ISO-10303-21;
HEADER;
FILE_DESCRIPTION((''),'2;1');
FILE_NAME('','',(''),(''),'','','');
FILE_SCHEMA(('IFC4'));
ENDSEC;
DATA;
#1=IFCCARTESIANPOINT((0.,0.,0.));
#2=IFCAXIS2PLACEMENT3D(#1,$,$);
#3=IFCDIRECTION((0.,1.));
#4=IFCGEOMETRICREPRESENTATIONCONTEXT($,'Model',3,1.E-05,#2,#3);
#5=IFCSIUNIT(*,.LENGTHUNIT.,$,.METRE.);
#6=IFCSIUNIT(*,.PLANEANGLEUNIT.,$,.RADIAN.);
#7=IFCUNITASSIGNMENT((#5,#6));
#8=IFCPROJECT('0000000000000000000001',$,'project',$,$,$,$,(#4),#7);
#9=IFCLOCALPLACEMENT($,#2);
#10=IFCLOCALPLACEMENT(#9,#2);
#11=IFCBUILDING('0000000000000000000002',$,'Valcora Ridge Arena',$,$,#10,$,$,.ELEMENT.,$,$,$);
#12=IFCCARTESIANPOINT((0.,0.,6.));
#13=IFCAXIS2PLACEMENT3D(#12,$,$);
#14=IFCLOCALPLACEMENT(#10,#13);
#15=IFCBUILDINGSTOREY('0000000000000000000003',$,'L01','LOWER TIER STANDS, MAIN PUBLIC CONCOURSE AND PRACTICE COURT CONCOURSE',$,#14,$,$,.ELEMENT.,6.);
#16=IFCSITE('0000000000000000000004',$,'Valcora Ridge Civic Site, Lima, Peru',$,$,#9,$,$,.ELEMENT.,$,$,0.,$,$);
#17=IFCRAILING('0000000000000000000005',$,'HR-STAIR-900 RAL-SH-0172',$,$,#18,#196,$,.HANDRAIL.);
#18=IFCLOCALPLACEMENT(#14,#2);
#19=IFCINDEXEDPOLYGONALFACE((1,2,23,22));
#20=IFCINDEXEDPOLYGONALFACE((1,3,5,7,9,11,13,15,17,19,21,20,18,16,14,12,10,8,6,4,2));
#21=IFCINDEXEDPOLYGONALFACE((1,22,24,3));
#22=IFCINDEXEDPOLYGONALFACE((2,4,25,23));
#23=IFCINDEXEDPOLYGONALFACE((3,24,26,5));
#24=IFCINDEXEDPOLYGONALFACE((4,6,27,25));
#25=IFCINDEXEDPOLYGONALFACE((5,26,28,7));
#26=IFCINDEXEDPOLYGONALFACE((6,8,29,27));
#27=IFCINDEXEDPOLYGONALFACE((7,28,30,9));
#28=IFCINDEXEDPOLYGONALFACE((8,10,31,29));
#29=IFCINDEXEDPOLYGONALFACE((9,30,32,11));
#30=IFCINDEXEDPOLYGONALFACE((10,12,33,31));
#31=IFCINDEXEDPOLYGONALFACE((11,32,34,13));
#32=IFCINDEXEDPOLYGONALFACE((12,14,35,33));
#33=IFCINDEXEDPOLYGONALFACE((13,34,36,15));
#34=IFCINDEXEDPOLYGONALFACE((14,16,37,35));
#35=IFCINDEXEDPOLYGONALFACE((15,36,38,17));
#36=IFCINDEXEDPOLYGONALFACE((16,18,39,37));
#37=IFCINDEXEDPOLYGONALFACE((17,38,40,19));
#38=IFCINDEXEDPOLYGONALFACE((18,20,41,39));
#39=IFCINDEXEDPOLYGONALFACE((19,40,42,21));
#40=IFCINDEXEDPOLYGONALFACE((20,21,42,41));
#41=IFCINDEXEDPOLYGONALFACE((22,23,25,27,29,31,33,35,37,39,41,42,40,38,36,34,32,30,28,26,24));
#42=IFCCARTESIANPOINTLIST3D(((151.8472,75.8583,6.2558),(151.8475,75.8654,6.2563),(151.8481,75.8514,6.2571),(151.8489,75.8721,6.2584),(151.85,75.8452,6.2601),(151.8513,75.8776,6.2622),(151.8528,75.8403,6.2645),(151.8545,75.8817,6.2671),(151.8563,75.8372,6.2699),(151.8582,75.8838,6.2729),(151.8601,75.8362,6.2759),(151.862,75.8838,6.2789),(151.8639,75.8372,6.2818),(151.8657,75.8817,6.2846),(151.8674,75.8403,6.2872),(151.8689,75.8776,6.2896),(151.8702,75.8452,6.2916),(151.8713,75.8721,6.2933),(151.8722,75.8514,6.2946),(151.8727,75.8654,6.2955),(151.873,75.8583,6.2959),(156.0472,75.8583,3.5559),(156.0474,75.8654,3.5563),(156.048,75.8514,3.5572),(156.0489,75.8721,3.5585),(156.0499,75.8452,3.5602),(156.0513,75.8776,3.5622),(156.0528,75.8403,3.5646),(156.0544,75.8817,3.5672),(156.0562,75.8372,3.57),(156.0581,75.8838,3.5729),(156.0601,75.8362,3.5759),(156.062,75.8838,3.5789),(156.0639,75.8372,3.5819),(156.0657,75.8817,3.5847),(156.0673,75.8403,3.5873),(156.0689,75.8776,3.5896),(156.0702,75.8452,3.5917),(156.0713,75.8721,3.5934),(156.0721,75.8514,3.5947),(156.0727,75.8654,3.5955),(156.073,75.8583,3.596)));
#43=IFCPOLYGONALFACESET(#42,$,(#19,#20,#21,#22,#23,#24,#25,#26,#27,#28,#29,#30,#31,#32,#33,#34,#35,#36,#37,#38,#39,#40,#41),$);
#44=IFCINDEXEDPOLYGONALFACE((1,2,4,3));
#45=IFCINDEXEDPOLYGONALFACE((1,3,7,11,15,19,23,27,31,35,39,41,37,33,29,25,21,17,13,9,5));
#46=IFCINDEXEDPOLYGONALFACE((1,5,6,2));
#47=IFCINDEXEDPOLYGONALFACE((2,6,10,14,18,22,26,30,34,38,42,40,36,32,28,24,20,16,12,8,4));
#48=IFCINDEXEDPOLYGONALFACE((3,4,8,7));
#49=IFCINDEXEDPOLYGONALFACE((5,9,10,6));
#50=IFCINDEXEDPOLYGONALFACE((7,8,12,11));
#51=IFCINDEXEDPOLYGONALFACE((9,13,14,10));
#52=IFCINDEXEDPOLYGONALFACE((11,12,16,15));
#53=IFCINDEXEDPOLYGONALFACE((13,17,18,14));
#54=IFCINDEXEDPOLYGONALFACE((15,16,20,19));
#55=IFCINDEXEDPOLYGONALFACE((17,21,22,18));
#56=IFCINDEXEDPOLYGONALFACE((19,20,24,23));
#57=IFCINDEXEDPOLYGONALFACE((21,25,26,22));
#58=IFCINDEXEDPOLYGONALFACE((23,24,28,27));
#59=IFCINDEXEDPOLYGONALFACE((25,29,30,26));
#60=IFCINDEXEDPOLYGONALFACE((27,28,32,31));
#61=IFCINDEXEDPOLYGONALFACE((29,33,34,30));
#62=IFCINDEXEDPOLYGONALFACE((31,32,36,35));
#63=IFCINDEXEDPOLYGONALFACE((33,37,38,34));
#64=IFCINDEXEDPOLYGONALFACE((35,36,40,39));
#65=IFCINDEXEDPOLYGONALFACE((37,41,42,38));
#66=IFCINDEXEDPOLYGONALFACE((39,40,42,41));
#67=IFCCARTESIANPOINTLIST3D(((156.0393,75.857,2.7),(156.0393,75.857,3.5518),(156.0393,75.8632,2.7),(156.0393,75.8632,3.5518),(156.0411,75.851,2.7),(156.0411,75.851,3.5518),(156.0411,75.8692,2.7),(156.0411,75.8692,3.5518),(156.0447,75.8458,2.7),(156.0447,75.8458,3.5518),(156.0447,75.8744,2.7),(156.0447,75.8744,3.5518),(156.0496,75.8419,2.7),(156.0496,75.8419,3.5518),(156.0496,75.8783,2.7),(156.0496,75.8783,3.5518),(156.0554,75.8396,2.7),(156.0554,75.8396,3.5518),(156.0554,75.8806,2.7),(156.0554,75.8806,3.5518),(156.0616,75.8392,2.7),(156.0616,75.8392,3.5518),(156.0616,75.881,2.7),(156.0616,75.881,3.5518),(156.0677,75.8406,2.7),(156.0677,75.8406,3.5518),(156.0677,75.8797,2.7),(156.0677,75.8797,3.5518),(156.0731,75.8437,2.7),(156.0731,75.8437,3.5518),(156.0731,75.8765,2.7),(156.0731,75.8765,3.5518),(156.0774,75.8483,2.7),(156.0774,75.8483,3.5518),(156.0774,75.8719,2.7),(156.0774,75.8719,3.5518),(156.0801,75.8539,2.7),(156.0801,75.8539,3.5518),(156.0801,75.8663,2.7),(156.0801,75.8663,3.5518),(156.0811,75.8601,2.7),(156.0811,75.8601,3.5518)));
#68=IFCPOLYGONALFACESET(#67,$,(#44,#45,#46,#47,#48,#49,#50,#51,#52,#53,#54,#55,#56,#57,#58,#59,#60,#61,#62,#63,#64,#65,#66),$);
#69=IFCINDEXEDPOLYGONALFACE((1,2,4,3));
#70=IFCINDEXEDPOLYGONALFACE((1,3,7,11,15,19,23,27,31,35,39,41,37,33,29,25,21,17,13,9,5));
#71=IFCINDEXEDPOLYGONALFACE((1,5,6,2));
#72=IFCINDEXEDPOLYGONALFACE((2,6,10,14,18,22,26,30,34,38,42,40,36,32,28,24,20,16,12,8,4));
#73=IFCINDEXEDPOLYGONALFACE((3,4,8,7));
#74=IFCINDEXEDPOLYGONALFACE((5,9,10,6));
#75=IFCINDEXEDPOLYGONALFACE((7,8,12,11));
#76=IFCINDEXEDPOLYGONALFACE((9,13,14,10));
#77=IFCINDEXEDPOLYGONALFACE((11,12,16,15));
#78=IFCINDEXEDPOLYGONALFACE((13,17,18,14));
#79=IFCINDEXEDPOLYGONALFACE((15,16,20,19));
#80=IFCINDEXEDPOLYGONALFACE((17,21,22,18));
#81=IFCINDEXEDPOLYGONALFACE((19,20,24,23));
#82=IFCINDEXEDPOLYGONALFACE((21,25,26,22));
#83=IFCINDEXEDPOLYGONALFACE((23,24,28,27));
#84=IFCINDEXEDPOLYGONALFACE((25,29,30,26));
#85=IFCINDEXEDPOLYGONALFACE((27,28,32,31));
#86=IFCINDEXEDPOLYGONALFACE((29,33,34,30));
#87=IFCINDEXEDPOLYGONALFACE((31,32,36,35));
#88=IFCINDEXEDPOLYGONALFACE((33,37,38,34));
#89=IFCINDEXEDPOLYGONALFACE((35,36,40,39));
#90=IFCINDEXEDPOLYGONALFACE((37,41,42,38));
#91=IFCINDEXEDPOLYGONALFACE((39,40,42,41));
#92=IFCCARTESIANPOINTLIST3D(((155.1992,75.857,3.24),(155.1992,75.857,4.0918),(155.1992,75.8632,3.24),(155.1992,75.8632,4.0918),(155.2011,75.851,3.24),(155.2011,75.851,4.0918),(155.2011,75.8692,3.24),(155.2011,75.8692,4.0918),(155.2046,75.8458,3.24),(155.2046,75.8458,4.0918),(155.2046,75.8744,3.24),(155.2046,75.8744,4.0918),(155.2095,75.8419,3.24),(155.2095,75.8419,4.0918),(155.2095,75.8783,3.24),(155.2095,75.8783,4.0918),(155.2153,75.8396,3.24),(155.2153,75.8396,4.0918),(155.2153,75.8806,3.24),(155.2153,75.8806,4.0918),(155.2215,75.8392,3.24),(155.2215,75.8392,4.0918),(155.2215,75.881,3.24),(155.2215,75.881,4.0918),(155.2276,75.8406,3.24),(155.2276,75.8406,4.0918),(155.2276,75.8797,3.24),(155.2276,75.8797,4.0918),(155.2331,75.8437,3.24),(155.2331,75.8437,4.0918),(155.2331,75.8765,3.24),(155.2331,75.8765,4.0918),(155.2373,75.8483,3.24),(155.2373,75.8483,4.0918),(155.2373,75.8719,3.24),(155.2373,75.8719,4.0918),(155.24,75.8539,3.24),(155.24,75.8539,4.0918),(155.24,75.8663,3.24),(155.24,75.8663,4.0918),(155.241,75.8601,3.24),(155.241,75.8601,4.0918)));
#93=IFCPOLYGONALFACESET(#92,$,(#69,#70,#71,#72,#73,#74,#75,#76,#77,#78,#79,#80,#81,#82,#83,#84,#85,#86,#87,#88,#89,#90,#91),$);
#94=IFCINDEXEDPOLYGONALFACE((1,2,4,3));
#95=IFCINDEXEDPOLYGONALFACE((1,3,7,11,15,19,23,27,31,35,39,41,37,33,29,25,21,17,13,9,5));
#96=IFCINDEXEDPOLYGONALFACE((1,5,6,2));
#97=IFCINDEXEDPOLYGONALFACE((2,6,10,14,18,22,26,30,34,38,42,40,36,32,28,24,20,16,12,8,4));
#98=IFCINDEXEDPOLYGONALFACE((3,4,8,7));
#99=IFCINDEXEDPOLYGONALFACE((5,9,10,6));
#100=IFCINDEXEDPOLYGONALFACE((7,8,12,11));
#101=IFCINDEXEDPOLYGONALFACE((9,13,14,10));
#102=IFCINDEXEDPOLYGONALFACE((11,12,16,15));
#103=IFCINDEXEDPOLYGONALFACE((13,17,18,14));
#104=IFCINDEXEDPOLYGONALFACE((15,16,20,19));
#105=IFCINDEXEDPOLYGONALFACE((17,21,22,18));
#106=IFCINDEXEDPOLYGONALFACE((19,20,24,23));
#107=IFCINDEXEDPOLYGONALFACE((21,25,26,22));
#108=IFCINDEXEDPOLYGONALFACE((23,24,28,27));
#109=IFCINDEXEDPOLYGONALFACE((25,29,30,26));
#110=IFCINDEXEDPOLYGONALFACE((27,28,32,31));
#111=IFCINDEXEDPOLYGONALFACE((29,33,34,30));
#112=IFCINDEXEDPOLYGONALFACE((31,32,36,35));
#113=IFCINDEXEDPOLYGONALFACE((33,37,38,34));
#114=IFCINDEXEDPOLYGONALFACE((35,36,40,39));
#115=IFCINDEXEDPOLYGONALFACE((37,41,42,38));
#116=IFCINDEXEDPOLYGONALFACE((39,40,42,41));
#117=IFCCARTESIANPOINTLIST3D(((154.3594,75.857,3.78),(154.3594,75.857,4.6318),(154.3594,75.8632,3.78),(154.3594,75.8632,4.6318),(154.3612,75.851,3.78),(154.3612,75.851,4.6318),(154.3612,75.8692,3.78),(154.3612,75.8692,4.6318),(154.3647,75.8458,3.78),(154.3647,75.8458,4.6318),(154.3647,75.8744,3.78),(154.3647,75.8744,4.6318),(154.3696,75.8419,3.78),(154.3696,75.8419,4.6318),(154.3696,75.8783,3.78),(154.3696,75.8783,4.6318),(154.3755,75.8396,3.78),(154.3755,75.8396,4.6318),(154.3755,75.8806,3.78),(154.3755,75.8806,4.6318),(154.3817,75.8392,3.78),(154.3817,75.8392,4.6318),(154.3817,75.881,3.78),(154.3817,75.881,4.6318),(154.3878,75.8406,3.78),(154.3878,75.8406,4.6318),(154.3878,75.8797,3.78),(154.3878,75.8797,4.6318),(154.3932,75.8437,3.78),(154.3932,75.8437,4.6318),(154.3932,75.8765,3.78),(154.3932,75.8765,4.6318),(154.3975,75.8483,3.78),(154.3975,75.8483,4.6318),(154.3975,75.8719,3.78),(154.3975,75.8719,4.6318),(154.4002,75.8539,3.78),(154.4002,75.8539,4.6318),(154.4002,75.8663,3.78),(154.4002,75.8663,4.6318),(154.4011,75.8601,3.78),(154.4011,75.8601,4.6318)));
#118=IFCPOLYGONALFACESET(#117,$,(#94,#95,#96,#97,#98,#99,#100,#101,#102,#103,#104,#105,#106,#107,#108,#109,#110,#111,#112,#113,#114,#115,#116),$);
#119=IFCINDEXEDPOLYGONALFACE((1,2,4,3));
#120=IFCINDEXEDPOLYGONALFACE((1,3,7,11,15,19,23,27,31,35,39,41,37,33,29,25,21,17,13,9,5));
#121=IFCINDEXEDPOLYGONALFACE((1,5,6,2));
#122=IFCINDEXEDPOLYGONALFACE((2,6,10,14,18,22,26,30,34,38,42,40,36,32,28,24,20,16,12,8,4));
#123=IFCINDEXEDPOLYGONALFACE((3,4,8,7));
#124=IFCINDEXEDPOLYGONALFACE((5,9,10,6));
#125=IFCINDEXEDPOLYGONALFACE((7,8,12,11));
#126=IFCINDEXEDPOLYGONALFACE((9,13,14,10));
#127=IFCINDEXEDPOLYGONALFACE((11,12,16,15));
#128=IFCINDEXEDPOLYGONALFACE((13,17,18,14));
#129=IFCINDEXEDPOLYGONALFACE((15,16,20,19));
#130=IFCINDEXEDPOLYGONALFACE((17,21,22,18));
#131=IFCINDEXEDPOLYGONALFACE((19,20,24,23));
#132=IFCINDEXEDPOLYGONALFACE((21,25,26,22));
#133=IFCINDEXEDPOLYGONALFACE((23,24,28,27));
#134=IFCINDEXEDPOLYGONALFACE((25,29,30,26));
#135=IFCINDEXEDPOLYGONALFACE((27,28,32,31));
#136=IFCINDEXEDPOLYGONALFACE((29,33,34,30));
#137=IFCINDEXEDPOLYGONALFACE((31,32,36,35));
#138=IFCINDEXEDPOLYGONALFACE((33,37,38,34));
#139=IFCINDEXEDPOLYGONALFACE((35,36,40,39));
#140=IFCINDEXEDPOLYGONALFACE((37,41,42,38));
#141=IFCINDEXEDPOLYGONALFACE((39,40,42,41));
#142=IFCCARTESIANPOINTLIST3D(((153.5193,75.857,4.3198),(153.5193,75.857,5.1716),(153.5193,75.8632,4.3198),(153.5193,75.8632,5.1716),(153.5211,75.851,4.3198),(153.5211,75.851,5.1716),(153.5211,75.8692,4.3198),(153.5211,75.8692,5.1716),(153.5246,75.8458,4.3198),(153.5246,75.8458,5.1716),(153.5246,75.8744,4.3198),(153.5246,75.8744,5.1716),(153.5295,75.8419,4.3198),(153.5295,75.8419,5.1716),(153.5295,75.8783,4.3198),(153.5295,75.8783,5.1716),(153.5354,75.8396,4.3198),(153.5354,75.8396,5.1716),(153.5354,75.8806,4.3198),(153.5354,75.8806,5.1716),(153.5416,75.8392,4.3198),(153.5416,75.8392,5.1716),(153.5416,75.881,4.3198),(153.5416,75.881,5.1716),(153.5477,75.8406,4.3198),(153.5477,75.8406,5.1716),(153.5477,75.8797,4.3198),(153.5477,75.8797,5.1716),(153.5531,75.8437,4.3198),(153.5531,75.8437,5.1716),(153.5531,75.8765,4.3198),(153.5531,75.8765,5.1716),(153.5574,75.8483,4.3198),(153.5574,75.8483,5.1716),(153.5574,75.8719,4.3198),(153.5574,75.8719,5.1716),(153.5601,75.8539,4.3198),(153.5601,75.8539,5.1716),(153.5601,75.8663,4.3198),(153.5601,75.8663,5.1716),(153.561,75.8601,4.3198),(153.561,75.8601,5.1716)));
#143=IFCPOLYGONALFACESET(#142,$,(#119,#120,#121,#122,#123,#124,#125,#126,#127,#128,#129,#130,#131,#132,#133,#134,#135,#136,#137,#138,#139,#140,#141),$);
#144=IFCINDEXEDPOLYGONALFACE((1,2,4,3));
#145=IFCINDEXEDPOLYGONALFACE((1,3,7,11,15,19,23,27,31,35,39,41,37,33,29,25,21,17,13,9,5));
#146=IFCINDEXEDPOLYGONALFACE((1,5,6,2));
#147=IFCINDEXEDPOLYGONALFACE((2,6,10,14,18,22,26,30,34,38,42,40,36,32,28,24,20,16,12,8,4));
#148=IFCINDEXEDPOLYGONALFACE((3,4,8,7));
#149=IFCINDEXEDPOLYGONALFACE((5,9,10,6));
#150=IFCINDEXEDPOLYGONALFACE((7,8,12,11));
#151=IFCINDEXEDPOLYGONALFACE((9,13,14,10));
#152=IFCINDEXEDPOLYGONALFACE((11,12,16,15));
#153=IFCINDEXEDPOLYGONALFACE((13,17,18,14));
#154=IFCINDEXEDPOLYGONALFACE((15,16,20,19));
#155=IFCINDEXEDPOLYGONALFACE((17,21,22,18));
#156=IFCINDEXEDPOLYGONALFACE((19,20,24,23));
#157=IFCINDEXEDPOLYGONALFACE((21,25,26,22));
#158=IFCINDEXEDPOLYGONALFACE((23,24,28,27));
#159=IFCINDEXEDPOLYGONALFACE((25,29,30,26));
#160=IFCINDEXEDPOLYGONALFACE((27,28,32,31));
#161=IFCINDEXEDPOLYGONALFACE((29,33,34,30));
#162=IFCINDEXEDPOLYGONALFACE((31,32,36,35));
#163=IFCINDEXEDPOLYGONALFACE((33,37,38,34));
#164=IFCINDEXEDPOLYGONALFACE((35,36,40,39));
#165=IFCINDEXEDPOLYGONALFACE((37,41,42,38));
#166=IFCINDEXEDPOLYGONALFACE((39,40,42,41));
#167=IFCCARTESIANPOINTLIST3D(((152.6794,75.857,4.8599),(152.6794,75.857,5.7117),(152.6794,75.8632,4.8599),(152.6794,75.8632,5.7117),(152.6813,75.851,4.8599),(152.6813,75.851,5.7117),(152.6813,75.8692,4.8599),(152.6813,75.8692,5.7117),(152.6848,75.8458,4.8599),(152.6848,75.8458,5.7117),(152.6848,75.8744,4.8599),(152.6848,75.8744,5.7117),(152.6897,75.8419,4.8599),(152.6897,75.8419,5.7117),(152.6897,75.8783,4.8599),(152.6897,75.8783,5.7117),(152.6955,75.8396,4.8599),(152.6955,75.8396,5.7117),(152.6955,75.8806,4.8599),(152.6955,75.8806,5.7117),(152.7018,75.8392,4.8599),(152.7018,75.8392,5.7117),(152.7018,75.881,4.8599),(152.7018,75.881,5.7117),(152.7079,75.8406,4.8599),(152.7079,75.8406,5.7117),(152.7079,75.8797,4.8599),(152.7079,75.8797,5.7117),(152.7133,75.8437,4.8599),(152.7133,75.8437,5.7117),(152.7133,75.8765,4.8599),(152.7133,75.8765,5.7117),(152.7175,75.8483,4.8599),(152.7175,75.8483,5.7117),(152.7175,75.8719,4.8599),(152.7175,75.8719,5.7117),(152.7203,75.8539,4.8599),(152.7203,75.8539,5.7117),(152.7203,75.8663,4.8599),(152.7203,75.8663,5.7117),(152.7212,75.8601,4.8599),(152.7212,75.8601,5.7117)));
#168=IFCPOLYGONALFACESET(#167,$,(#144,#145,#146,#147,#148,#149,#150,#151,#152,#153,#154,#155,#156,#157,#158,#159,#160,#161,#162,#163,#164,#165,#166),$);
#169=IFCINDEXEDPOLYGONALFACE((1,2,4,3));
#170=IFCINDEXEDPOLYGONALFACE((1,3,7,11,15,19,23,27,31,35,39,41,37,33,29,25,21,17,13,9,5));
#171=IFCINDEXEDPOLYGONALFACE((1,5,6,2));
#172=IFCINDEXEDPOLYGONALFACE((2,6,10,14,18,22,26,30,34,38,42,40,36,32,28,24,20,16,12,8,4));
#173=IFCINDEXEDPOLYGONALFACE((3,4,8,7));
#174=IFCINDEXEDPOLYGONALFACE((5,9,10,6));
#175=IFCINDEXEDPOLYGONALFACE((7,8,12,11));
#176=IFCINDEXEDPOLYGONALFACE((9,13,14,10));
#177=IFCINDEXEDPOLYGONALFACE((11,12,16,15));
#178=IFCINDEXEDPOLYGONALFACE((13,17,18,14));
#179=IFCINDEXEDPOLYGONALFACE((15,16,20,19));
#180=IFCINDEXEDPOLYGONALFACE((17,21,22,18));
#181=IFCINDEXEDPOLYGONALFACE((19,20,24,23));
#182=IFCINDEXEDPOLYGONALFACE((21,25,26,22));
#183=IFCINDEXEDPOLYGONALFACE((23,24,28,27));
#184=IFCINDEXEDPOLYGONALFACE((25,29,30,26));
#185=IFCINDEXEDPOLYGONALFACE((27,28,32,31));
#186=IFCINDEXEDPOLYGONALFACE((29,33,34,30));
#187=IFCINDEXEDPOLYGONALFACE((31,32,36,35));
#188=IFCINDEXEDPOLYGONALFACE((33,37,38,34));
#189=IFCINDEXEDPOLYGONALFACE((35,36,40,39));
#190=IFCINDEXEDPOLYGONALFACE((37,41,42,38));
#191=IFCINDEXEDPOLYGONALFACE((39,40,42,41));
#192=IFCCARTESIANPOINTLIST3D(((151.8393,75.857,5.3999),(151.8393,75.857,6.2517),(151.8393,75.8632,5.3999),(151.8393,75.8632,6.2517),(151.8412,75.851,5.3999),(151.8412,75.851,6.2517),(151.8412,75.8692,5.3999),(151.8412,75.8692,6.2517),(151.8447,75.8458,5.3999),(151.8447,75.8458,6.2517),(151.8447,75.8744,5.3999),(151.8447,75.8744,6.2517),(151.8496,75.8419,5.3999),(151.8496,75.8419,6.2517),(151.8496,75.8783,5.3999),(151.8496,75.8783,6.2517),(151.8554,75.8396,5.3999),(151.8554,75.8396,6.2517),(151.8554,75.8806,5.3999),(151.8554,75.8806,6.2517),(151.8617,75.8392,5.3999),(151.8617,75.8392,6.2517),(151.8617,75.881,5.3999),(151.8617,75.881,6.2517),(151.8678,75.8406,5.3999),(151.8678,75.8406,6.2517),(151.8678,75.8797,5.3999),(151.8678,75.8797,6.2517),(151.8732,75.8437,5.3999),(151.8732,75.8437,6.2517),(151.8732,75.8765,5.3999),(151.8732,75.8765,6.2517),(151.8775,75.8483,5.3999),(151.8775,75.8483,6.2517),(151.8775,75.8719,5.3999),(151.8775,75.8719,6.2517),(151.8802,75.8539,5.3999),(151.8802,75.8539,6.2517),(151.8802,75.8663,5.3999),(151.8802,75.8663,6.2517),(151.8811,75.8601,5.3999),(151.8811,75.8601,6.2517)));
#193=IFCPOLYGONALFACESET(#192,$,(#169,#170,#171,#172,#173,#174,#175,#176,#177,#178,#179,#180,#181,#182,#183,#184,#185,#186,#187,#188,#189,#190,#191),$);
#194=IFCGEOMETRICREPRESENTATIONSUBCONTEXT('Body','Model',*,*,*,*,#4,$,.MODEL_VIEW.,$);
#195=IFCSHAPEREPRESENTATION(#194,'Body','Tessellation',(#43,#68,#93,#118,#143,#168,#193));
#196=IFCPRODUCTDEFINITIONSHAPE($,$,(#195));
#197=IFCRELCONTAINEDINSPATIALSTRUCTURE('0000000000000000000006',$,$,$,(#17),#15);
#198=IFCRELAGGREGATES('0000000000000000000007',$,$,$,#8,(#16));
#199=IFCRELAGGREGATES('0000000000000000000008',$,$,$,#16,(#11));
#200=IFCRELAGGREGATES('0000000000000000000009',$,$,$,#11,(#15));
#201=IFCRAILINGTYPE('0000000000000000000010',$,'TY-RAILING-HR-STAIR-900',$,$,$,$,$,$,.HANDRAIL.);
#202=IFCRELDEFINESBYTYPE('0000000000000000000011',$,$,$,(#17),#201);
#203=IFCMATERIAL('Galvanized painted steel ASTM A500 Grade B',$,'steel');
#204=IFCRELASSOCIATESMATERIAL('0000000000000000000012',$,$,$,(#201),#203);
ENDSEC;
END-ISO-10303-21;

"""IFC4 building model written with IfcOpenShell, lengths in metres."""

from ifc_helpers import new_model, si_unit, direction, frame, origin, origin_2d, place, context, subcontext, project, spatial, circle, extrude, material, type_object, element, save


model = new_model("IFC4")

# Units and contexts
model_context = context("Model", 3, precision=1e-05, world=origin(), true_north=direction((0.0, 1.0)))
body_context = subcontext(model_context, "Body", "Model", "MODEL_VIEW")
ifc_project = project(units=[si_unit("LENGTHUNIT", "METRE"), si_unit("PLANEANGLEUNIT", "RADIAN")], contexts=[model_context])

# Site, building, storey
site_placement = place(None, origin())
site = spatial("IfcSite", under=ifc_project, at=site_placement, Name="Valcora Ridge Civic Site, Lima, Peru", CompositionType="ELEMENT", RefElevation=0.0)
building_placement = place(site_placement, origin())
building = spatial("IfcBuilding", under=site, at=building_placement, Name="Valcora Ridge Arena", CompositionType="ELEMENT")
storey_placement = place(building_placement, frame((0.0, 0.0, 6.0)))
storey = spatial("IfcBuildingStorey", under=building, at=storey_placement, Name="L01", Description="LOWER TIER STANDS, MAIN PUBLIC CONCOURSE AND PRACTICE COURT CONCOURSE", CompositionType="ELEMENT", Elevation=6.0)

# Railing
ifc_material_1 = material(Name="Galvanized painted steel ASTM A500 Grade B", Category="steel")
railing_type_1 = type_object("IfcRailingType", Name="TY-RAILING-HR-STAIR-900", PredefinedType="HANDRAIL", material=ifc_material_1)
railing_1_placement = place(storey_placement, frame((156.0601, 75.8601, 2.7)))
element("IfcRailing", 1, at=railing_1_placement, inside=storey, type_object=railing_type_1, Name="HR-STAIR-900 RAL-SH-0172", PredefinedType="HANDRAIL", context=body_context, shape_type="SweptSolid", body=[
    extrude(circle(Radius=0.0239, at=origin_2d()), frame((0.0, 0.0, 0.876), z_axis=(-0.84118, 0.0, 0.540755), x_axis=(0.0, -1.0, 0.0)), (0.0, 0.0, 1.0), 4.9929),
    extrude(circle(Radius=0.021, at=origin_2d()), origin(), (0.0, 0.0, 1.0), 0.8518),
    extrude(circle(Radius=0.021, at=origin_2d()), frame((-0.8401, 0.0, 0.54)), (0.0, 0.0, 1.0), 0.8518),
    extrude(circle(Radius=0.021, at=origin_2d()), frame((-1.6799, 0.0, 1.0801)), (0.0, 0.0, 1.0), 0.8518),
    extrude(circle(Radius=0.021, at=origin_2d()), frame((-2.52, 0.0, 1.6199)), (0.0, 0.0, 1.0), 0.8518),
    extrude(circle(Radius=0.021, at=origin_2d()), frame((-3.3599, 0.0, 2.1599)), (0.0, 0.0, 1.0), 0.8518),
    extrude(circle(Radius=0.021, at=origin_2d()), frame((-4.2, 0.0, 2.7)), (0.0, 0.0, 1.0), 0.8518),
])

save(model, "model.ifc")
